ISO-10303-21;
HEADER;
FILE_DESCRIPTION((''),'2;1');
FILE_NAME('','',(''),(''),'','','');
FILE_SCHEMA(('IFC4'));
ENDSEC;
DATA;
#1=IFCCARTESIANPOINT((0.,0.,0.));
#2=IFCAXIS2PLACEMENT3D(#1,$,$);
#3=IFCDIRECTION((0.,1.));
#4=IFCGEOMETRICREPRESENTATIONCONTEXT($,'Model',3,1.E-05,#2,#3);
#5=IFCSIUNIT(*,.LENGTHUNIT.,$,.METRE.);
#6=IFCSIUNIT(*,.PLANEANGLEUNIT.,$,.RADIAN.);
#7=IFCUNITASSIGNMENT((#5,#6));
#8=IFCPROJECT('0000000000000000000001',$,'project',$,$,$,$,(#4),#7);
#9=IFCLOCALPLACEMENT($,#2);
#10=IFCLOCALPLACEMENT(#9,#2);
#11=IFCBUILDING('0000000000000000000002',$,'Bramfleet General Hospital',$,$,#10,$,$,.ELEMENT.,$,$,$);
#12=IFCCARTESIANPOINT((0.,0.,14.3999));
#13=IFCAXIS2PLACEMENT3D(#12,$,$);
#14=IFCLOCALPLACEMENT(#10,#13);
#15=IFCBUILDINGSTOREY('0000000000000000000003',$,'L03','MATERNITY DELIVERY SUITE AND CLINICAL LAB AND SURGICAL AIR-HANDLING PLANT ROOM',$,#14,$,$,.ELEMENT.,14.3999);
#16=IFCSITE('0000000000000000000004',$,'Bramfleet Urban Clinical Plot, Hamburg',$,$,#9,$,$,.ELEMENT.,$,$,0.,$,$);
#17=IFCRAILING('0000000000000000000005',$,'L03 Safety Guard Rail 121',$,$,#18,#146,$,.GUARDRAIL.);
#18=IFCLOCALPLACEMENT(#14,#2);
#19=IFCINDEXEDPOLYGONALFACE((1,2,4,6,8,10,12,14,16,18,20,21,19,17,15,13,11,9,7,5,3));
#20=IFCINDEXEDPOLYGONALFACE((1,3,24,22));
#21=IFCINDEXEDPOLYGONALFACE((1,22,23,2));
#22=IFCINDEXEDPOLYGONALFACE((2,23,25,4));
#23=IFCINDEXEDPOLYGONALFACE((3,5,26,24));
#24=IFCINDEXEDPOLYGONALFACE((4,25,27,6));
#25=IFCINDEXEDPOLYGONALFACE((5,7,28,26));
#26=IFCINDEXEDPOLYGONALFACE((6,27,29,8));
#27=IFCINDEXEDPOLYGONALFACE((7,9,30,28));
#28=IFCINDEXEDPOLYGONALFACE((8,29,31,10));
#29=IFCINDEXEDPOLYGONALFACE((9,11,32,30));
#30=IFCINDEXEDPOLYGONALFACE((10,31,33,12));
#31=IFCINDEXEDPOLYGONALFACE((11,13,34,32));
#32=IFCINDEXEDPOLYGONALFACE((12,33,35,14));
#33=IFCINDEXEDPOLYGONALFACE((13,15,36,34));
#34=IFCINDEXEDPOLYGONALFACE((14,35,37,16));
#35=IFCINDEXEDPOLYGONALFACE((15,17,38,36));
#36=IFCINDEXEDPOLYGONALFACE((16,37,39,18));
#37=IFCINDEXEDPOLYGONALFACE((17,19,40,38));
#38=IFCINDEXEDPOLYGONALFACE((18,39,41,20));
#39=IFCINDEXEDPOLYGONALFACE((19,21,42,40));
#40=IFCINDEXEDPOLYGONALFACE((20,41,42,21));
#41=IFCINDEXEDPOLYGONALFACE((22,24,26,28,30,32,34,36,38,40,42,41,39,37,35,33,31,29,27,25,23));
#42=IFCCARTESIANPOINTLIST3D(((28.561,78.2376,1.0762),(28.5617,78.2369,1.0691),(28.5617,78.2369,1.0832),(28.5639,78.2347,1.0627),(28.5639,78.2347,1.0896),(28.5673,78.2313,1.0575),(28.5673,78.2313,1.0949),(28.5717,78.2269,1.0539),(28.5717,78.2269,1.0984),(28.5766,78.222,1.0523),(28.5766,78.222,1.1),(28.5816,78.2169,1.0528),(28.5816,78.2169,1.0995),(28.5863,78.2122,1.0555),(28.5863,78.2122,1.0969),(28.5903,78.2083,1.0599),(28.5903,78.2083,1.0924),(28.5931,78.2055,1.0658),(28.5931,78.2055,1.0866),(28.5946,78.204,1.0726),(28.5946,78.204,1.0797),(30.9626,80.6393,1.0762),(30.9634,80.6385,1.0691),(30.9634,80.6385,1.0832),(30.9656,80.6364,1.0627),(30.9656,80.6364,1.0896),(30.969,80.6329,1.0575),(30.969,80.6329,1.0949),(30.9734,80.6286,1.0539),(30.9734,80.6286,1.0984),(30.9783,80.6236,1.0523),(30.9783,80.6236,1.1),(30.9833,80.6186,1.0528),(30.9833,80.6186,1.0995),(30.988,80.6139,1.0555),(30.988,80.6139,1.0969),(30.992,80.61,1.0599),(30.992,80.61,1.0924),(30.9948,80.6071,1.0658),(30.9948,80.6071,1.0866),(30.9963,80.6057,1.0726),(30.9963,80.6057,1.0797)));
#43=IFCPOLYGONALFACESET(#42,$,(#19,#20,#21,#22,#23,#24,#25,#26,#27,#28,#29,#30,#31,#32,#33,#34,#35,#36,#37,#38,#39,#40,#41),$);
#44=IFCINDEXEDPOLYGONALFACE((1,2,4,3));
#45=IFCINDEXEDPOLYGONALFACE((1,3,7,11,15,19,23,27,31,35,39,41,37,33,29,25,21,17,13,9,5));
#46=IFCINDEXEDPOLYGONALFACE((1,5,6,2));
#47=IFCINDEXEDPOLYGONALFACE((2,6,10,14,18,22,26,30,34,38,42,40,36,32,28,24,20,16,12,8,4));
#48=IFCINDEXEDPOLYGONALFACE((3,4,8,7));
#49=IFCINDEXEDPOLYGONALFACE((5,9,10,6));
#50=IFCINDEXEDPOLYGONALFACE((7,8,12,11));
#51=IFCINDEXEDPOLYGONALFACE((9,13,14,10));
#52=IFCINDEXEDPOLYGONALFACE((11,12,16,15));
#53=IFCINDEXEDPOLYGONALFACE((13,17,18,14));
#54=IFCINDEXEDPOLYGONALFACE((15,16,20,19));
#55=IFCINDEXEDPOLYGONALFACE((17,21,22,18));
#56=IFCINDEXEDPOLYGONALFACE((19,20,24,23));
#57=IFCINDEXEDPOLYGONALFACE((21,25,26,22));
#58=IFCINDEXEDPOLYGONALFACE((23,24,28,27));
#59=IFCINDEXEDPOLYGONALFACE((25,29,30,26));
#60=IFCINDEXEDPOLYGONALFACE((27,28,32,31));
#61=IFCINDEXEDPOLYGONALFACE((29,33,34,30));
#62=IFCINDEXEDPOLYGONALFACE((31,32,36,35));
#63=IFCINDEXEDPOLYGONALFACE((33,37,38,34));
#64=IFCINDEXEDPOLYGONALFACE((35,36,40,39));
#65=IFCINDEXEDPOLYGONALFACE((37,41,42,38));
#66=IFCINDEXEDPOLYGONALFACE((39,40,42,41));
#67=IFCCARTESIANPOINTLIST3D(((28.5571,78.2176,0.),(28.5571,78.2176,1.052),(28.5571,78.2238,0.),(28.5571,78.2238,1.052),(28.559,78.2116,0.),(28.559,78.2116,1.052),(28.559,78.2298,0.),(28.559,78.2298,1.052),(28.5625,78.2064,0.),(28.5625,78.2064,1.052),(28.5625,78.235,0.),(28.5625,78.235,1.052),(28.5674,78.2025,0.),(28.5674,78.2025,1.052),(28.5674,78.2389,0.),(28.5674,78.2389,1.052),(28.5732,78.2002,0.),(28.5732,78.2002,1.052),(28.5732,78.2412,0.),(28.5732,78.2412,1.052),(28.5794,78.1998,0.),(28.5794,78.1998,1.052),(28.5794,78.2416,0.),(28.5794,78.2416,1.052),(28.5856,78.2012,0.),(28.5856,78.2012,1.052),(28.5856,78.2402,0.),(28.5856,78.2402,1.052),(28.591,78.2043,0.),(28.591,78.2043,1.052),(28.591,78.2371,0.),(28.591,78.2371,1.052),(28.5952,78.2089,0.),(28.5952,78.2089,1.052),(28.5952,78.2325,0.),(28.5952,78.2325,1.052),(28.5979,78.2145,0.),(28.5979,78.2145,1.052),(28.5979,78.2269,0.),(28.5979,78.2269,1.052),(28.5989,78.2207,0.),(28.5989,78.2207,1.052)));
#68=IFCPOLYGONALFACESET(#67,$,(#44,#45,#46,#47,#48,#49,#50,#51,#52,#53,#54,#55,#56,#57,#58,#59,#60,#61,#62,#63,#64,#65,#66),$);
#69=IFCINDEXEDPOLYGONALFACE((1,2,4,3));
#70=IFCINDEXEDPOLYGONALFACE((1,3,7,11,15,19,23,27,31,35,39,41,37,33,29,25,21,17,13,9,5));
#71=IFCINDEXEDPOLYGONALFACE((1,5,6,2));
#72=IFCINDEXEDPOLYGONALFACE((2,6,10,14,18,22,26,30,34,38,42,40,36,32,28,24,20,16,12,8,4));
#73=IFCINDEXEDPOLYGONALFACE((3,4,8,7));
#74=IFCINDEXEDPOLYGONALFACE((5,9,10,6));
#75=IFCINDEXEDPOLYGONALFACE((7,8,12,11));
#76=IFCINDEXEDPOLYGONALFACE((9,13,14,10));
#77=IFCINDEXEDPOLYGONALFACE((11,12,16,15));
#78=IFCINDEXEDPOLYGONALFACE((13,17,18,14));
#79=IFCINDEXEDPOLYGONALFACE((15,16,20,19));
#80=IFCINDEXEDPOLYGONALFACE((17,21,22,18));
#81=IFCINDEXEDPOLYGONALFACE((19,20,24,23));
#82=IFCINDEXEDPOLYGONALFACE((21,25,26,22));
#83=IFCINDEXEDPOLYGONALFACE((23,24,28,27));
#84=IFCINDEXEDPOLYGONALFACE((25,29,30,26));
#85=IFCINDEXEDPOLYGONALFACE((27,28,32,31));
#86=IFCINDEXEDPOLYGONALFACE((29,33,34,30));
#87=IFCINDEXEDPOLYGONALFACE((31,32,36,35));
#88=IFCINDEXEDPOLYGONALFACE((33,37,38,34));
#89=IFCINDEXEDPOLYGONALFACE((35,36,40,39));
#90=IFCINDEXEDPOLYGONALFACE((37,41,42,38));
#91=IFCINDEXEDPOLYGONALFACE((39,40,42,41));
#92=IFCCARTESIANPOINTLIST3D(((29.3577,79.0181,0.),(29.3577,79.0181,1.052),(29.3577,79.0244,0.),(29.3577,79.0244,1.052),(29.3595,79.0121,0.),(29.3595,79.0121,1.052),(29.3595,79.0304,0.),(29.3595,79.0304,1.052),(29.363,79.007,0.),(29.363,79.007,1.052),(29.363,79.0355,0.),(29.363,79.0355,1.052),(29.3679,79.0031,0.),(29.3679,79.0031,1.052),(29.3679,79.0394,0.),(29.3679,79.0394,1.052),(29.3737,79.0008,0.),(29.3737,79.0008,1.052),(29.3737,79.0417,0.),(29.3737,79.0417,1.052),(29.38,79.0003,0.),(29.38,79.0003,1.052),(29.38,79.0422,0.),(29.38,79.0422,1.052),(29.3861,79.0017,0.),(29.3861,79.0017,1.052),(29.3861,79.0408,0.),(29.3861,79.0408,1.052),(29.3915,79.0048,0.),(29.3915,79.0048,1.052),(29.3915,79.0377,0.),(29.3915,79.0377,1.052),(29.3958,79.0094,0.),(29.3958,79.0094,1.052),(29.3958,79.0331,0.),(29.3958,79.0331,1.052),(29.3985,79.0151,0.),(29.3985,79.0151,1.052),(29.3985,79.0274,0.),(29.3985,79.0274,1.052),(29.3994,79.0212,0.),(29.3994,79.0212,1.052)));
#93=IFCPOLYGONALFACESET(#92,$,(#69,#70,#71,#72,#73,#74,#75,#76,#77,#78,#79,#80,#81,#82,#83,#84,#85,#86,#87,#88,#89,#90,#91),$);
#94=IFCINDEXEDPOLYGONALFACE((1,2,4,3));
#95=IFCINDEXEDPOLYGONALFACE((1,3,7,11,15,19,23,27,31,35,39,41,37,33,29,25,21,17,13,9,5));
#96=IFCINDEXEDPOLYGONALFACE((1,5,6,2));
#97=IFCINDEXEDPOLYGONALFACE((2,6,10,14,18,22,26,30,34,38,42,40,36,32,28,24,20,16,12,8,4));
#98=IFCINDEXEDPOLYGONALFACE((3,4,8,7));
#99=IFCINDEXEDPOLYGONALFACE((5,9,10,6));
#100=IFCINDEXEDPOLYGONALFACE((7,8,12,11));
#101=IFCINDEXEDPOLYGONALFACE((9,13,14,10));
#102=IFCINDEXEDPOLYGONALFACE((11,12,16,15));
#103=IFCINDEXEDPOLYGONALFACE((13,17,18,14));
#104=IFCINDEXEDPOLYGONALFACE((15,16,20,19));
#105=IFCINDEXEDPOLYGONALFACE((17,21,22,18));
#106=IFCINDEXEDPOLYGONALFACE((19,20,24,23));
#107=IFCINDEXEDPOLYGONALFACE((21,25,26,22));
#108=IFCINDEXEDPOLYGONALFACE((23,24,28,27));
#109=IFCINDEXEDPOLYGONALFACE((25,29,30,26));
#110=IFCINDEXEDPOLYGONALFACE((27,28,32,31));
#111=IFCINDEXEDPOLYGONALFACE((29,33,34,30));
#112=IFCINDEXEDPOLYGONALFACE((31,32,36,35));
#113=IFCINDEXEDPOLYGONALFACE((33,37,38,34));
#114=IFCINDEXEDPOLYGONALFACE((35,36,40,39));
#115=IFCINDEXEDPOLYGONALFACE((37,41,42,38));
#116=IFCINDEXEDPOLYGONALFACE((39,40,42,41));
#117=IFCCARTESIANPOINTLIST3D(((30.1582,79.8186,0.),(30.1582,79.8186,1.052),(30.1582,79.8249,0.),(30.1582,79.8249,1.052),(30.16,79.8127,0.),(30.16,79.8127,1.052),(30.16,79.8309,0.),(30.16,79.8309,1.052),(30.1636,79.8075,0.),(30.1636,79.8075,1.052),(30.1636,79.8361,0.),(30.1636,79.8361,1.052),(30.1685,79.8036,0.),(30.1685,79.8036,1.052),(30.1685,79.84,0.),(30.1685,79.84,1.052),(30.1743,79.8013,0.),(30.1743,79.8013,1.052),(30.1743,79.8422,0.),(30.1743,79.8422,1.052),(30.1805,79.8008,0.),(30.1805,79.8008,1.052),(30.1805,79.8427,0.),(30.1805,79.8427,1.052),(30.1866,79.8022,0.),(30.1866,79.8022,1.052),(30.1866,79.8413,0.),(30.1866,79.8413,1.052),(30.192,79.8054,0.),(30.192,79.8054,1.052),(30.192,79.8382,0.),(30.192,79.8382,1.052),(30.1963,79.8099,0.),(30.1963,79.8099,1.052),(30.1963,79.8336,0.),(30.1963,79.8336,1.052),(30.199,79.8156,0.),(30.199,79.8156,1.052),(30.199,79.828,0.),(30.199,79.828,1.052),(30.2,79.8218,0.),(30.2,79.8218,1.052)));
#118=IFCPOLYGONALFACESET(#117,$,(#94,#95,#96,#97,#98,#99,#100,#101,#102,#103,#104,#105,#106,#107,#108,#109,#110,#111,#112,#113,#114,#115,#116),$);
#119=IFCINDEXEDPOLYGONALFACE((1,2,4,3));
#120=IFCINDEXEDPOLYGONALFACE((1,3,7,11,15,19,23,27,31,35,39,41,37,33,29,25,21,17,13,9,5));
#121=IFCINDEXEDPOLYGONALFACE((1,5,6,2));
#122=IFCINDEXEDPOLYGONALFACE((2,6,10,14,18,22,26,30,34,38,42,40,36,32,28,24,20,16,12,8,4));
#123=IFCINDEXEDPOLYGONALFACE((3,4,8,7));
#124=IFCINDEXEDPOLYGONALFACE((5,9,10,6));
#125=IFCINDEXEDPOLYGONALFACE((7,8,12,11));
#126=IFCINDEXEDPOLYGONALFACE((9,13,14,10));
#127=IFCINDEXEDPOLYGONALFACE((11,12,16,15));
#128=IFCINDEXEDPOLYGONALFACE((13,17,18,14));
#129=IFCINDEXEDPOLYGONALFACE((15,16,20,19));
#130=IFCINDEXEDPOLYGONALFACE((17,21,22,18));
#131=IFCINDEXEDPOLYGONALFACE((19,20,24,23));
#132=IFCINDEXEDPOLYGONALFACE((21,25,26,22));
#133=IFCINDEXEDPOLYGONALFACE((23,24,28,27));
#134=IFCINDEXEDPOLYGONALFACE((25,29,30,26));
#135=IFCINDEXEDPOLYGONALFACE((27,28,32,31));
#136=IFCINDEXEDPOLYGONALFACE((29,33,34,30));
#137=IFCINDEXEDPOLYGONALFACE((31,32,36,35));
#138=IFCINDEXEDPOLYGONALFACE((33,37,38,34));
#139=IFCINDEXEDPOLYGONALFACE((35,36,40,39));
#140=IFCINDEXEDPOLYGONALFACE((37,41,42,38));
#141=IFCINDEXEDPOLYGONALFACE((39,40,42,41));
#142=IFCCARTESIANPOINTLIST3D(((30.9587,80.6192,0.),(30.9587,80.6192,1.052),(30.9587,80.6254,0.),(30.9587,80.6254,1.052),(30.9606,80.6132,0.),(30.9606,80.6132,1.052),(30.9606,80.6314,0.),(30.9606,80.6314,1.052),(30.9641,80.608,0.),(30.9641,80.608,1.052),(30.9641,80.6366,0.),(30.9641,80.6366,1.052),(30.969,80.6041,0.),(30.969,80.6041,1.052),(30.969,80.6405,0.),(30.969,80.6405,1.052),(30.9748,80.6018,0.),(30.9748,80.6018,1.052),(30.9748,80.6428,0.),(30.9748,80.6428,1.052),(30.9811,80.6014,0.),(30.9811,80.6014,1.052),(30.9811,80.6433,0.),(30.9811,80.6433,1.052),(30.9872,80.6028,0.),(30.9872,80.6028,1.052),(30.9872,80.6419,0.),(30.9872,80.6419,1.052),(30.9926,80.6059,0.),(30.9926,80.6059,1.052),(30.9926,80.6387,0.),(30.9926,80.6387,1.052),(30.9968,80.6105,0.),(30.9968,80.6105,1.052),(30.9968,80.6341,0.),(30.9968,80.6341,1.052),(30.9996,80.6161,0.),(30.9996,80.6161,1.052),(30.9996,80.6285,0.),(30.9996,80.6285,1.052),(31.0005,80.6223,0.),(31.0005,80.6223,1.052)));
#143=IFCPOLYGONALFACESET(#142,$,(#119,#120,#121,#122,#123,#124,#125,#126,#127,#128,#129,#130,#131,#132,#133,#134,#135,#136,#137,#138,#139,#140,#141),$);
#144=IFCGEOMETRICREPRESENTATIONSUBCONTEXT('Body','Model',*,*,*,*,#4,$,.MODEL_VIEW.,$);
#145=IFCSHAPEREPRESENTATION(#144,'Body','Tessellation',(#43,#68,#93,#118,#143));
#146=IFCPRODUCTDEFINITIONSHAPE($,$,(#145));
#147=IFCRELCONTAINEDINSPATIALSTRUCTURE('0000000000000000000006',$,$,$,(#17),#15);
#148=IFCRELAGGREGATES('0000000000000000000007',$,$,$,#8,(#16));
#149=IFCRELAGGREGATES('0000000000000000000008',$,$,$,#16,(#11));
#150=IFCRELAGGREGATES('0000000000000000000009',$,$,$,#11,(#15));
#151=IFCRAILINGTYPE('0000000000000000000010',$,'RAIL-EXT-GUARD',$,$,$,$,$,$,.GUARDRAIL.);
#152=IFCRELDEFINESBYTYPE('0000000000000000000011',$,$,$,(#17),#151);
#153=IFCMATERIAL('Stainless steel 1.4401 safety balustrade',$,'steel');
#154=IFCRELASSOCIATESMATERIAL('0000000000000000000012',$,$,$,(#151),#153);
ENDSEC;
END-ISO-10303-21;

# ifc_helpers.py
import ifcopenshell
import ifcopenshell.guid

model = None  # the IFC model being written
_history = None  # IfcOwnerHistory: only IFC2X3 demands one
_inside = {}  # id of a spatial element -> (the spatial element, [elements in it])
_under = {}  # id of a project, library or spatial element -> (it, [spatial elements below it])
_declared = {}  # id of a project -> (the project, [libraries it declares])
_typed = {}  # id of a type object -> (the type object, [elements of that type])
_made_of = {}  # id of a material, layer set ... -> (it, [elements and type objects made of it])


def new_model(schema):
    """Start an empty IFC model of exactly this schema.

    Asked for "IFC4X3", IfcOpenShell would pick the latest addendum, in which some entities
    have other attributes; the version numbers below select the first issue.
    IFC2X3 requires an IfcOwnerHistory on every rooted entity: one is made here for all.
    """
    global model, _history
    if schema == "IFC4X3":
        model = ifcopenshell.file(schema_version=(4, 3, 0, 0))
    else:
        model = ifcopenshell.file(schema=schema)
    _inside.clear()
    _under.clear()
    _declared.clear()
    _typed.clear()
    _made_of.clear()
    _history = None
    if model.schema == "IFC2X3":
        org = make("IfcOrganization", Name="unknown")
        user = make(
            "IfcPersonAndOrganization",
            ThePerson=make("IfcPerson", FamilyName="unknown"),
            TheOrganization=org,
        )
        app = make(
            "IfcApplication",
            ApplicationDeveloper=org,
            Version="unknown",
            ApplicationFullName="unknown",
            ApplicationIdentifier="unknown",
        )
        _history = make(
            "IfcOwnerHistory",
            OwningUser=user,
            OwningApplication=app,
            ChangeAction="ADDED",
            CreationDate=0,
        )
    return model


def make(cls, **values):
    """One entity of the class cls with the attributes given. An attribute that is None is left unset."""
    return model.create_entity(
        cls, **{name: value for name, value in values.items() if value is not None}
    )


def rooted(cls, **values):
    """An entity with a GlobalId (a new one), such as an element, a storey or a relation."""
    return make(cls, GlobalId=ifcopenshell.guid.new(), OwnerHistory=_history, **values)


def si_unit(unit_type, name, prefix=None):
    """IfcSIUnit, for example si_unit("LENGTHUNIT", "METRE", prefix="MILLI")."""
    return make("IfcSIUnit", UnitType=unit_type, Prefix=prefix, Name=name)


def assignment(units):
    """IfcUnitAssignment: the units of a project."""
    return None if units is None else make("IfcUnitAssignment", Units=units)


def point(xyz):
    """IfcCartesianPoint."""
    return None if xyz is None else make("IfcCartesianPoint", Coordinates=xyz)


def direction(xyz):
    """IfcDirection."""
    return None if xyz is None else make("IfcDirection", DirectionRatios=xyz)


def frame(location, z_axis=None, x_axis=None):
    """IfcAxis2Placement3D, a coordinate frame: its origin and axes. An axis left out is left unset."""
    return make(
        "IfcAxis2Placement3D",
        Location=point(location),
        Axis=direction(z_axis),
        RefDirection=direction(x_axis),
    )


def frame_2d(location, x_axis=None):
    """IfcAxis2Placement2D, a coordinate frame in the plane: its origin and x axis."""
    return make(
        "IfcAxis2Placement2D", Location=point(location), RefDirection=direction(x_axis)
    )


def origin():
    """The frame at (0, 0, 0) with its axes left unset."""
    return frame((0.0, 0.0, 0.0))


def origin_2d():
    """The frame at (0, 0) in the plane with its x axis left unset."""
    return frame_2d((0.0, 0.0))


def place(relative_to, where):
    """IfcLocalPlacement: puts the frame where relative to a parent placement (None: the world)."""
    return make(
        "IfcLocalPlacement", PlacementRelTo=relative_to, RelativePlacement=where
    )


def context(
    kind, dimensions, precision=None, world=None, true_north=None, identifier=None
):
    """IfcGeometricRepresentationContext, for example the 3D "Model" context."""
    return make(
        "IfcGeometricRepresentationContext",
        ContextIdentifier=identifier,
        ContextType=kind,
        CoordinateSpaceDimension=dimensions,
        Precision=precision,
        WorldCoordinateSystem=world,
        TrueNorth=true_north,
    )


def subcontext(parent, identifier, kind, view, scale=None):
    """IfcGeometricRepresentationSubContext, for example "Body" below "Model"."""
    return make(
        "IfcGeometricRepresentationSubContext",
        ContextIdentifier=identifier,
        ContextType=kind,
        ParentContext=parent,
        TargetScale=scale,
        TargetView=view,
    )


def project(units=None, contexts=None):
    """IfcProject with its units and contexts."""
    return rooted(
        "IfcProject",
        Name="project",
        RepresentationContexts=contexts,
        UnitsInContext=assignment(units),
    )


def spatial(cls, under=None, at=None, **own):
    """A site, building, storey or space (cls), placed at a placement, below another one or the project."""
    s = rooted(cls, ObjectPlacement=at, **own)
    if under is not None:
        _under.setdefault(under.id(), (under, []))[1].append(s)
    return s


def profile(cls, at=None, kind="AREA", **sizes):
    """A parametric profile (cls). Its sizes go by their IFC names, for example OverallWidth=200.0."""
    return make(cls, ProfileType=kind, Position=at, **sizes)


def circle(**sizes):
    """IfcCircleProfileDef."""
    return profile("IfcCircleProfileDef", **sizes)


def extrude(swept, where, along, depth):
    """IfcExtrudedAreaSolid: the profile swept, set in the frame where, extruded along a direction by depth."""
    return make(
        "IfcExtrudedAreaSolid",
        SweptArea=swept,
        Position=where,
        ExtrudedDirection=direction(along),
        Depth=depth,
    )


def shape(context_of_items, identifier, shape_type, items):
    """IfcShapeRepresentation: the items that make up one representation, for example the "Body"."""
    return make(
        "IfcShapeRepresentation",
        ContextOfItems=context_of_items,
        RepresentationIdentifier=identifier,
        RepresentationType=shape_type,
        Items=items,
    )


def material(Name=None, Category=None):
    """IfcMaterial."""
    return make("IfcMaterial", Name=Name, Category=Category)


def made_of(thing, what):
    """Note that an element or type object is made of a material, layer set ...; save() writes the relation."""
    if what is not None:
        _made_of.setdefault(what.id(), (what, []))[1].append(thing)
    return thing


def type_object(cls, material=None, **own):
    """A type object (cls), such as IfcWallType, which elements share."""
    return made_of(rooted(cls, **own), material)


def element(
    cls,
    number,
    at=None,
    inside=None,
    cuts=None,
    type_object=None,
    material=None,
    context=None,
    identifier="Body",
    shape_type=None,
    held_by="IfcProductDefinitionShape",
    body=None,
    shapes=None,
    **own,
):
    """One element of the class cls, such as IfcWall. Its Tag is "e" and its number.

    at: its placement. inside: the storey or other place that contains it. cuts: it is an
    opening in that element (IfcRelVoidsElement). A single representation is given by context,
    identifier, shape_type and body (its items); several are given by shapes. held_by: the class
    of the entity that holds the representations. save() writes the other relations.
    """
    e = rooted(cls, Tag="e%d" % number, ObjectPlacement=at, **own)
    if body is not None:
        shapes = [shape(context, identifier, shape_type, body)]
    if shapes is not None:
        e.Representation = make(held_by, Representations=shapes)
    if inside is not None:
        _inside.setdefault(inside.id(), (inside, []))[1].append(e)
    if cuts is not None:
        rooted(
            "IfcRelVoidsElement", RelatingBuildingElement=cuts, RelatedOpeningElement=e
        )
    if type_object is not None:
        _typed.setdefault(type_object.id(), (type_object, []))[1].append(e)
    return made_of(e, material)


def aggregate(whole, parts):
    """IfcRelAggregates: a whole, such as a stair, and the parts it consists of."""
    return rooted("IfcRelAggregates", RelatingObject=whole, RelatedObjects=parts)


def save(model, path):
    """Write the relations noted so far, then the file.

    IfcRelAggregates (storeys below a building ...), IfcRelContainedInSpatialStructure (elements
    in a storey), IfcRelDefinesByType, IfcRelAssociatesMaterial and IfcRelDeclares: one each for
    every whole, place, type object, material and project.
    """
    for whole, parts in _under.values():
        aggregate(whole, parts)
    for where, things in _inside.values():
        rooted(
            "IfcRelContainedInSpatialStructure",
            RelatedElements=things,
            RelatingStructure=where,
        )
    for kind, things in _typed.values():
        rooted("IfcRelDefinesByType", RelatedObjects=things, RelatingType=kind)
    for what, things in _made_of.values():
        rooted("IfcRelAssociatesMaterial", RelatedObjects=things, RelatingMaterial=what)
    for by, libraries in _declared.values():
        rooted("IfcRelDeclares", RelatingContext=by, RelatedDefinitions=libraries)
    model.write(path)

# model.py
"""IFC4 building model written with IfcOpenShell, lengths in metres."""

from ifc_helpers import new_model, si_unit, direction, frame, origin, origin_2d, place, context, subcontext, project, spatial, circle, extrude, material, type_object, element, save


model = new_model("IFC4")

# Units and contexts
model_context = context("Model", 3, precision=1e-05, world=origin(), true_north=direction((0.0, 1.0)))
body_context = subcontext(model_context, "Body", "Model", "MODEL_VIEW")
ifc_project = project(units=[si_unit("LENGTHUNIT", "METRE"), si_unit("PLANEANGLEUNIT", "RADIAN")], contexts=[model_context])

# Site, building, storey
site_placement = place(None, origin())
site = spatial("IfcSite", under=ifc_project, at=site_placement, Name="Bramfleet Urban Clinical Plot, Hamburg", CompositionType="ELEMENT", RefElevation=0.0)
building_placement = place(site_placement, origin())
building = spatial("IfcBuilding", under=site, at=building_placement, Name="Bramfleet General Hospital", CompositionType="ELEMENT")
storey_placement = place(building_placement, frame((0.0, 0.0, 14.3999)))
storey = spatial("IfcBuildingStorey", under=building, at=storey_placement, Name="L03", Description="MATERNITY DELIVERY SUITE AND CLINICAL LAB AND SURGICAL AIR-HANDLING PLANT ROOM", CompositionType="ELEMENT", Elevation=14.3999)

# Railing
ifc_material_1 = material(Name="Stainless steel 1.4401 safety balustrade", Category="steel")
railing_type = type_object("IfcRailingType", Name="RAIL-EXT-GUARD", PredefinedType="GUARDRAIL", material=ifc_material_1)
railing_placement = place(storey_placement, frame((28.5779, 78.2207, 0.0)))
element("IfcRailing", 1, at=railing_placement, inside=storey, type_object=railing_type, Name="L03 Safety Guard Rail 121", PredefinedType="GUARDRAIL", context=body_context, shape_type="SweptSolid", body=[
    extrude(circle(Radius=0.0239, at=origin_2d()), frame((0.0, 0.0, 1.0762), z_axis=(0.707107, 0.707107, 0.0), x_axis=(-0.707107, 0.707107, 0.0)), (0.0, 0.0, 1.0), 3.3965),
    extrude(circle(Radius=0.021, at=origin_2d()), origin(), (0.0, 0.0, 1.0), 1.052),
    extrude(circle(Radius=0.021, at=origin_2d()), frame((0.8005, 0.8005, 0.0)), (0.0, 0.0, 1.0), 1.052),
    extrude(circle(Radius=0.021, at=origin_2d()), frame((1.6011, 1.6011, 0.0)), (0.0, 0.0, 1.0), 1.052),
    extrude(circle(Radius=0.021, at=origin_2d()), frame((2.4016, 2.4016, 0.0)), (0.0, 0.0, 1.0), 1.052),
])

save(model, "model.ifc")
